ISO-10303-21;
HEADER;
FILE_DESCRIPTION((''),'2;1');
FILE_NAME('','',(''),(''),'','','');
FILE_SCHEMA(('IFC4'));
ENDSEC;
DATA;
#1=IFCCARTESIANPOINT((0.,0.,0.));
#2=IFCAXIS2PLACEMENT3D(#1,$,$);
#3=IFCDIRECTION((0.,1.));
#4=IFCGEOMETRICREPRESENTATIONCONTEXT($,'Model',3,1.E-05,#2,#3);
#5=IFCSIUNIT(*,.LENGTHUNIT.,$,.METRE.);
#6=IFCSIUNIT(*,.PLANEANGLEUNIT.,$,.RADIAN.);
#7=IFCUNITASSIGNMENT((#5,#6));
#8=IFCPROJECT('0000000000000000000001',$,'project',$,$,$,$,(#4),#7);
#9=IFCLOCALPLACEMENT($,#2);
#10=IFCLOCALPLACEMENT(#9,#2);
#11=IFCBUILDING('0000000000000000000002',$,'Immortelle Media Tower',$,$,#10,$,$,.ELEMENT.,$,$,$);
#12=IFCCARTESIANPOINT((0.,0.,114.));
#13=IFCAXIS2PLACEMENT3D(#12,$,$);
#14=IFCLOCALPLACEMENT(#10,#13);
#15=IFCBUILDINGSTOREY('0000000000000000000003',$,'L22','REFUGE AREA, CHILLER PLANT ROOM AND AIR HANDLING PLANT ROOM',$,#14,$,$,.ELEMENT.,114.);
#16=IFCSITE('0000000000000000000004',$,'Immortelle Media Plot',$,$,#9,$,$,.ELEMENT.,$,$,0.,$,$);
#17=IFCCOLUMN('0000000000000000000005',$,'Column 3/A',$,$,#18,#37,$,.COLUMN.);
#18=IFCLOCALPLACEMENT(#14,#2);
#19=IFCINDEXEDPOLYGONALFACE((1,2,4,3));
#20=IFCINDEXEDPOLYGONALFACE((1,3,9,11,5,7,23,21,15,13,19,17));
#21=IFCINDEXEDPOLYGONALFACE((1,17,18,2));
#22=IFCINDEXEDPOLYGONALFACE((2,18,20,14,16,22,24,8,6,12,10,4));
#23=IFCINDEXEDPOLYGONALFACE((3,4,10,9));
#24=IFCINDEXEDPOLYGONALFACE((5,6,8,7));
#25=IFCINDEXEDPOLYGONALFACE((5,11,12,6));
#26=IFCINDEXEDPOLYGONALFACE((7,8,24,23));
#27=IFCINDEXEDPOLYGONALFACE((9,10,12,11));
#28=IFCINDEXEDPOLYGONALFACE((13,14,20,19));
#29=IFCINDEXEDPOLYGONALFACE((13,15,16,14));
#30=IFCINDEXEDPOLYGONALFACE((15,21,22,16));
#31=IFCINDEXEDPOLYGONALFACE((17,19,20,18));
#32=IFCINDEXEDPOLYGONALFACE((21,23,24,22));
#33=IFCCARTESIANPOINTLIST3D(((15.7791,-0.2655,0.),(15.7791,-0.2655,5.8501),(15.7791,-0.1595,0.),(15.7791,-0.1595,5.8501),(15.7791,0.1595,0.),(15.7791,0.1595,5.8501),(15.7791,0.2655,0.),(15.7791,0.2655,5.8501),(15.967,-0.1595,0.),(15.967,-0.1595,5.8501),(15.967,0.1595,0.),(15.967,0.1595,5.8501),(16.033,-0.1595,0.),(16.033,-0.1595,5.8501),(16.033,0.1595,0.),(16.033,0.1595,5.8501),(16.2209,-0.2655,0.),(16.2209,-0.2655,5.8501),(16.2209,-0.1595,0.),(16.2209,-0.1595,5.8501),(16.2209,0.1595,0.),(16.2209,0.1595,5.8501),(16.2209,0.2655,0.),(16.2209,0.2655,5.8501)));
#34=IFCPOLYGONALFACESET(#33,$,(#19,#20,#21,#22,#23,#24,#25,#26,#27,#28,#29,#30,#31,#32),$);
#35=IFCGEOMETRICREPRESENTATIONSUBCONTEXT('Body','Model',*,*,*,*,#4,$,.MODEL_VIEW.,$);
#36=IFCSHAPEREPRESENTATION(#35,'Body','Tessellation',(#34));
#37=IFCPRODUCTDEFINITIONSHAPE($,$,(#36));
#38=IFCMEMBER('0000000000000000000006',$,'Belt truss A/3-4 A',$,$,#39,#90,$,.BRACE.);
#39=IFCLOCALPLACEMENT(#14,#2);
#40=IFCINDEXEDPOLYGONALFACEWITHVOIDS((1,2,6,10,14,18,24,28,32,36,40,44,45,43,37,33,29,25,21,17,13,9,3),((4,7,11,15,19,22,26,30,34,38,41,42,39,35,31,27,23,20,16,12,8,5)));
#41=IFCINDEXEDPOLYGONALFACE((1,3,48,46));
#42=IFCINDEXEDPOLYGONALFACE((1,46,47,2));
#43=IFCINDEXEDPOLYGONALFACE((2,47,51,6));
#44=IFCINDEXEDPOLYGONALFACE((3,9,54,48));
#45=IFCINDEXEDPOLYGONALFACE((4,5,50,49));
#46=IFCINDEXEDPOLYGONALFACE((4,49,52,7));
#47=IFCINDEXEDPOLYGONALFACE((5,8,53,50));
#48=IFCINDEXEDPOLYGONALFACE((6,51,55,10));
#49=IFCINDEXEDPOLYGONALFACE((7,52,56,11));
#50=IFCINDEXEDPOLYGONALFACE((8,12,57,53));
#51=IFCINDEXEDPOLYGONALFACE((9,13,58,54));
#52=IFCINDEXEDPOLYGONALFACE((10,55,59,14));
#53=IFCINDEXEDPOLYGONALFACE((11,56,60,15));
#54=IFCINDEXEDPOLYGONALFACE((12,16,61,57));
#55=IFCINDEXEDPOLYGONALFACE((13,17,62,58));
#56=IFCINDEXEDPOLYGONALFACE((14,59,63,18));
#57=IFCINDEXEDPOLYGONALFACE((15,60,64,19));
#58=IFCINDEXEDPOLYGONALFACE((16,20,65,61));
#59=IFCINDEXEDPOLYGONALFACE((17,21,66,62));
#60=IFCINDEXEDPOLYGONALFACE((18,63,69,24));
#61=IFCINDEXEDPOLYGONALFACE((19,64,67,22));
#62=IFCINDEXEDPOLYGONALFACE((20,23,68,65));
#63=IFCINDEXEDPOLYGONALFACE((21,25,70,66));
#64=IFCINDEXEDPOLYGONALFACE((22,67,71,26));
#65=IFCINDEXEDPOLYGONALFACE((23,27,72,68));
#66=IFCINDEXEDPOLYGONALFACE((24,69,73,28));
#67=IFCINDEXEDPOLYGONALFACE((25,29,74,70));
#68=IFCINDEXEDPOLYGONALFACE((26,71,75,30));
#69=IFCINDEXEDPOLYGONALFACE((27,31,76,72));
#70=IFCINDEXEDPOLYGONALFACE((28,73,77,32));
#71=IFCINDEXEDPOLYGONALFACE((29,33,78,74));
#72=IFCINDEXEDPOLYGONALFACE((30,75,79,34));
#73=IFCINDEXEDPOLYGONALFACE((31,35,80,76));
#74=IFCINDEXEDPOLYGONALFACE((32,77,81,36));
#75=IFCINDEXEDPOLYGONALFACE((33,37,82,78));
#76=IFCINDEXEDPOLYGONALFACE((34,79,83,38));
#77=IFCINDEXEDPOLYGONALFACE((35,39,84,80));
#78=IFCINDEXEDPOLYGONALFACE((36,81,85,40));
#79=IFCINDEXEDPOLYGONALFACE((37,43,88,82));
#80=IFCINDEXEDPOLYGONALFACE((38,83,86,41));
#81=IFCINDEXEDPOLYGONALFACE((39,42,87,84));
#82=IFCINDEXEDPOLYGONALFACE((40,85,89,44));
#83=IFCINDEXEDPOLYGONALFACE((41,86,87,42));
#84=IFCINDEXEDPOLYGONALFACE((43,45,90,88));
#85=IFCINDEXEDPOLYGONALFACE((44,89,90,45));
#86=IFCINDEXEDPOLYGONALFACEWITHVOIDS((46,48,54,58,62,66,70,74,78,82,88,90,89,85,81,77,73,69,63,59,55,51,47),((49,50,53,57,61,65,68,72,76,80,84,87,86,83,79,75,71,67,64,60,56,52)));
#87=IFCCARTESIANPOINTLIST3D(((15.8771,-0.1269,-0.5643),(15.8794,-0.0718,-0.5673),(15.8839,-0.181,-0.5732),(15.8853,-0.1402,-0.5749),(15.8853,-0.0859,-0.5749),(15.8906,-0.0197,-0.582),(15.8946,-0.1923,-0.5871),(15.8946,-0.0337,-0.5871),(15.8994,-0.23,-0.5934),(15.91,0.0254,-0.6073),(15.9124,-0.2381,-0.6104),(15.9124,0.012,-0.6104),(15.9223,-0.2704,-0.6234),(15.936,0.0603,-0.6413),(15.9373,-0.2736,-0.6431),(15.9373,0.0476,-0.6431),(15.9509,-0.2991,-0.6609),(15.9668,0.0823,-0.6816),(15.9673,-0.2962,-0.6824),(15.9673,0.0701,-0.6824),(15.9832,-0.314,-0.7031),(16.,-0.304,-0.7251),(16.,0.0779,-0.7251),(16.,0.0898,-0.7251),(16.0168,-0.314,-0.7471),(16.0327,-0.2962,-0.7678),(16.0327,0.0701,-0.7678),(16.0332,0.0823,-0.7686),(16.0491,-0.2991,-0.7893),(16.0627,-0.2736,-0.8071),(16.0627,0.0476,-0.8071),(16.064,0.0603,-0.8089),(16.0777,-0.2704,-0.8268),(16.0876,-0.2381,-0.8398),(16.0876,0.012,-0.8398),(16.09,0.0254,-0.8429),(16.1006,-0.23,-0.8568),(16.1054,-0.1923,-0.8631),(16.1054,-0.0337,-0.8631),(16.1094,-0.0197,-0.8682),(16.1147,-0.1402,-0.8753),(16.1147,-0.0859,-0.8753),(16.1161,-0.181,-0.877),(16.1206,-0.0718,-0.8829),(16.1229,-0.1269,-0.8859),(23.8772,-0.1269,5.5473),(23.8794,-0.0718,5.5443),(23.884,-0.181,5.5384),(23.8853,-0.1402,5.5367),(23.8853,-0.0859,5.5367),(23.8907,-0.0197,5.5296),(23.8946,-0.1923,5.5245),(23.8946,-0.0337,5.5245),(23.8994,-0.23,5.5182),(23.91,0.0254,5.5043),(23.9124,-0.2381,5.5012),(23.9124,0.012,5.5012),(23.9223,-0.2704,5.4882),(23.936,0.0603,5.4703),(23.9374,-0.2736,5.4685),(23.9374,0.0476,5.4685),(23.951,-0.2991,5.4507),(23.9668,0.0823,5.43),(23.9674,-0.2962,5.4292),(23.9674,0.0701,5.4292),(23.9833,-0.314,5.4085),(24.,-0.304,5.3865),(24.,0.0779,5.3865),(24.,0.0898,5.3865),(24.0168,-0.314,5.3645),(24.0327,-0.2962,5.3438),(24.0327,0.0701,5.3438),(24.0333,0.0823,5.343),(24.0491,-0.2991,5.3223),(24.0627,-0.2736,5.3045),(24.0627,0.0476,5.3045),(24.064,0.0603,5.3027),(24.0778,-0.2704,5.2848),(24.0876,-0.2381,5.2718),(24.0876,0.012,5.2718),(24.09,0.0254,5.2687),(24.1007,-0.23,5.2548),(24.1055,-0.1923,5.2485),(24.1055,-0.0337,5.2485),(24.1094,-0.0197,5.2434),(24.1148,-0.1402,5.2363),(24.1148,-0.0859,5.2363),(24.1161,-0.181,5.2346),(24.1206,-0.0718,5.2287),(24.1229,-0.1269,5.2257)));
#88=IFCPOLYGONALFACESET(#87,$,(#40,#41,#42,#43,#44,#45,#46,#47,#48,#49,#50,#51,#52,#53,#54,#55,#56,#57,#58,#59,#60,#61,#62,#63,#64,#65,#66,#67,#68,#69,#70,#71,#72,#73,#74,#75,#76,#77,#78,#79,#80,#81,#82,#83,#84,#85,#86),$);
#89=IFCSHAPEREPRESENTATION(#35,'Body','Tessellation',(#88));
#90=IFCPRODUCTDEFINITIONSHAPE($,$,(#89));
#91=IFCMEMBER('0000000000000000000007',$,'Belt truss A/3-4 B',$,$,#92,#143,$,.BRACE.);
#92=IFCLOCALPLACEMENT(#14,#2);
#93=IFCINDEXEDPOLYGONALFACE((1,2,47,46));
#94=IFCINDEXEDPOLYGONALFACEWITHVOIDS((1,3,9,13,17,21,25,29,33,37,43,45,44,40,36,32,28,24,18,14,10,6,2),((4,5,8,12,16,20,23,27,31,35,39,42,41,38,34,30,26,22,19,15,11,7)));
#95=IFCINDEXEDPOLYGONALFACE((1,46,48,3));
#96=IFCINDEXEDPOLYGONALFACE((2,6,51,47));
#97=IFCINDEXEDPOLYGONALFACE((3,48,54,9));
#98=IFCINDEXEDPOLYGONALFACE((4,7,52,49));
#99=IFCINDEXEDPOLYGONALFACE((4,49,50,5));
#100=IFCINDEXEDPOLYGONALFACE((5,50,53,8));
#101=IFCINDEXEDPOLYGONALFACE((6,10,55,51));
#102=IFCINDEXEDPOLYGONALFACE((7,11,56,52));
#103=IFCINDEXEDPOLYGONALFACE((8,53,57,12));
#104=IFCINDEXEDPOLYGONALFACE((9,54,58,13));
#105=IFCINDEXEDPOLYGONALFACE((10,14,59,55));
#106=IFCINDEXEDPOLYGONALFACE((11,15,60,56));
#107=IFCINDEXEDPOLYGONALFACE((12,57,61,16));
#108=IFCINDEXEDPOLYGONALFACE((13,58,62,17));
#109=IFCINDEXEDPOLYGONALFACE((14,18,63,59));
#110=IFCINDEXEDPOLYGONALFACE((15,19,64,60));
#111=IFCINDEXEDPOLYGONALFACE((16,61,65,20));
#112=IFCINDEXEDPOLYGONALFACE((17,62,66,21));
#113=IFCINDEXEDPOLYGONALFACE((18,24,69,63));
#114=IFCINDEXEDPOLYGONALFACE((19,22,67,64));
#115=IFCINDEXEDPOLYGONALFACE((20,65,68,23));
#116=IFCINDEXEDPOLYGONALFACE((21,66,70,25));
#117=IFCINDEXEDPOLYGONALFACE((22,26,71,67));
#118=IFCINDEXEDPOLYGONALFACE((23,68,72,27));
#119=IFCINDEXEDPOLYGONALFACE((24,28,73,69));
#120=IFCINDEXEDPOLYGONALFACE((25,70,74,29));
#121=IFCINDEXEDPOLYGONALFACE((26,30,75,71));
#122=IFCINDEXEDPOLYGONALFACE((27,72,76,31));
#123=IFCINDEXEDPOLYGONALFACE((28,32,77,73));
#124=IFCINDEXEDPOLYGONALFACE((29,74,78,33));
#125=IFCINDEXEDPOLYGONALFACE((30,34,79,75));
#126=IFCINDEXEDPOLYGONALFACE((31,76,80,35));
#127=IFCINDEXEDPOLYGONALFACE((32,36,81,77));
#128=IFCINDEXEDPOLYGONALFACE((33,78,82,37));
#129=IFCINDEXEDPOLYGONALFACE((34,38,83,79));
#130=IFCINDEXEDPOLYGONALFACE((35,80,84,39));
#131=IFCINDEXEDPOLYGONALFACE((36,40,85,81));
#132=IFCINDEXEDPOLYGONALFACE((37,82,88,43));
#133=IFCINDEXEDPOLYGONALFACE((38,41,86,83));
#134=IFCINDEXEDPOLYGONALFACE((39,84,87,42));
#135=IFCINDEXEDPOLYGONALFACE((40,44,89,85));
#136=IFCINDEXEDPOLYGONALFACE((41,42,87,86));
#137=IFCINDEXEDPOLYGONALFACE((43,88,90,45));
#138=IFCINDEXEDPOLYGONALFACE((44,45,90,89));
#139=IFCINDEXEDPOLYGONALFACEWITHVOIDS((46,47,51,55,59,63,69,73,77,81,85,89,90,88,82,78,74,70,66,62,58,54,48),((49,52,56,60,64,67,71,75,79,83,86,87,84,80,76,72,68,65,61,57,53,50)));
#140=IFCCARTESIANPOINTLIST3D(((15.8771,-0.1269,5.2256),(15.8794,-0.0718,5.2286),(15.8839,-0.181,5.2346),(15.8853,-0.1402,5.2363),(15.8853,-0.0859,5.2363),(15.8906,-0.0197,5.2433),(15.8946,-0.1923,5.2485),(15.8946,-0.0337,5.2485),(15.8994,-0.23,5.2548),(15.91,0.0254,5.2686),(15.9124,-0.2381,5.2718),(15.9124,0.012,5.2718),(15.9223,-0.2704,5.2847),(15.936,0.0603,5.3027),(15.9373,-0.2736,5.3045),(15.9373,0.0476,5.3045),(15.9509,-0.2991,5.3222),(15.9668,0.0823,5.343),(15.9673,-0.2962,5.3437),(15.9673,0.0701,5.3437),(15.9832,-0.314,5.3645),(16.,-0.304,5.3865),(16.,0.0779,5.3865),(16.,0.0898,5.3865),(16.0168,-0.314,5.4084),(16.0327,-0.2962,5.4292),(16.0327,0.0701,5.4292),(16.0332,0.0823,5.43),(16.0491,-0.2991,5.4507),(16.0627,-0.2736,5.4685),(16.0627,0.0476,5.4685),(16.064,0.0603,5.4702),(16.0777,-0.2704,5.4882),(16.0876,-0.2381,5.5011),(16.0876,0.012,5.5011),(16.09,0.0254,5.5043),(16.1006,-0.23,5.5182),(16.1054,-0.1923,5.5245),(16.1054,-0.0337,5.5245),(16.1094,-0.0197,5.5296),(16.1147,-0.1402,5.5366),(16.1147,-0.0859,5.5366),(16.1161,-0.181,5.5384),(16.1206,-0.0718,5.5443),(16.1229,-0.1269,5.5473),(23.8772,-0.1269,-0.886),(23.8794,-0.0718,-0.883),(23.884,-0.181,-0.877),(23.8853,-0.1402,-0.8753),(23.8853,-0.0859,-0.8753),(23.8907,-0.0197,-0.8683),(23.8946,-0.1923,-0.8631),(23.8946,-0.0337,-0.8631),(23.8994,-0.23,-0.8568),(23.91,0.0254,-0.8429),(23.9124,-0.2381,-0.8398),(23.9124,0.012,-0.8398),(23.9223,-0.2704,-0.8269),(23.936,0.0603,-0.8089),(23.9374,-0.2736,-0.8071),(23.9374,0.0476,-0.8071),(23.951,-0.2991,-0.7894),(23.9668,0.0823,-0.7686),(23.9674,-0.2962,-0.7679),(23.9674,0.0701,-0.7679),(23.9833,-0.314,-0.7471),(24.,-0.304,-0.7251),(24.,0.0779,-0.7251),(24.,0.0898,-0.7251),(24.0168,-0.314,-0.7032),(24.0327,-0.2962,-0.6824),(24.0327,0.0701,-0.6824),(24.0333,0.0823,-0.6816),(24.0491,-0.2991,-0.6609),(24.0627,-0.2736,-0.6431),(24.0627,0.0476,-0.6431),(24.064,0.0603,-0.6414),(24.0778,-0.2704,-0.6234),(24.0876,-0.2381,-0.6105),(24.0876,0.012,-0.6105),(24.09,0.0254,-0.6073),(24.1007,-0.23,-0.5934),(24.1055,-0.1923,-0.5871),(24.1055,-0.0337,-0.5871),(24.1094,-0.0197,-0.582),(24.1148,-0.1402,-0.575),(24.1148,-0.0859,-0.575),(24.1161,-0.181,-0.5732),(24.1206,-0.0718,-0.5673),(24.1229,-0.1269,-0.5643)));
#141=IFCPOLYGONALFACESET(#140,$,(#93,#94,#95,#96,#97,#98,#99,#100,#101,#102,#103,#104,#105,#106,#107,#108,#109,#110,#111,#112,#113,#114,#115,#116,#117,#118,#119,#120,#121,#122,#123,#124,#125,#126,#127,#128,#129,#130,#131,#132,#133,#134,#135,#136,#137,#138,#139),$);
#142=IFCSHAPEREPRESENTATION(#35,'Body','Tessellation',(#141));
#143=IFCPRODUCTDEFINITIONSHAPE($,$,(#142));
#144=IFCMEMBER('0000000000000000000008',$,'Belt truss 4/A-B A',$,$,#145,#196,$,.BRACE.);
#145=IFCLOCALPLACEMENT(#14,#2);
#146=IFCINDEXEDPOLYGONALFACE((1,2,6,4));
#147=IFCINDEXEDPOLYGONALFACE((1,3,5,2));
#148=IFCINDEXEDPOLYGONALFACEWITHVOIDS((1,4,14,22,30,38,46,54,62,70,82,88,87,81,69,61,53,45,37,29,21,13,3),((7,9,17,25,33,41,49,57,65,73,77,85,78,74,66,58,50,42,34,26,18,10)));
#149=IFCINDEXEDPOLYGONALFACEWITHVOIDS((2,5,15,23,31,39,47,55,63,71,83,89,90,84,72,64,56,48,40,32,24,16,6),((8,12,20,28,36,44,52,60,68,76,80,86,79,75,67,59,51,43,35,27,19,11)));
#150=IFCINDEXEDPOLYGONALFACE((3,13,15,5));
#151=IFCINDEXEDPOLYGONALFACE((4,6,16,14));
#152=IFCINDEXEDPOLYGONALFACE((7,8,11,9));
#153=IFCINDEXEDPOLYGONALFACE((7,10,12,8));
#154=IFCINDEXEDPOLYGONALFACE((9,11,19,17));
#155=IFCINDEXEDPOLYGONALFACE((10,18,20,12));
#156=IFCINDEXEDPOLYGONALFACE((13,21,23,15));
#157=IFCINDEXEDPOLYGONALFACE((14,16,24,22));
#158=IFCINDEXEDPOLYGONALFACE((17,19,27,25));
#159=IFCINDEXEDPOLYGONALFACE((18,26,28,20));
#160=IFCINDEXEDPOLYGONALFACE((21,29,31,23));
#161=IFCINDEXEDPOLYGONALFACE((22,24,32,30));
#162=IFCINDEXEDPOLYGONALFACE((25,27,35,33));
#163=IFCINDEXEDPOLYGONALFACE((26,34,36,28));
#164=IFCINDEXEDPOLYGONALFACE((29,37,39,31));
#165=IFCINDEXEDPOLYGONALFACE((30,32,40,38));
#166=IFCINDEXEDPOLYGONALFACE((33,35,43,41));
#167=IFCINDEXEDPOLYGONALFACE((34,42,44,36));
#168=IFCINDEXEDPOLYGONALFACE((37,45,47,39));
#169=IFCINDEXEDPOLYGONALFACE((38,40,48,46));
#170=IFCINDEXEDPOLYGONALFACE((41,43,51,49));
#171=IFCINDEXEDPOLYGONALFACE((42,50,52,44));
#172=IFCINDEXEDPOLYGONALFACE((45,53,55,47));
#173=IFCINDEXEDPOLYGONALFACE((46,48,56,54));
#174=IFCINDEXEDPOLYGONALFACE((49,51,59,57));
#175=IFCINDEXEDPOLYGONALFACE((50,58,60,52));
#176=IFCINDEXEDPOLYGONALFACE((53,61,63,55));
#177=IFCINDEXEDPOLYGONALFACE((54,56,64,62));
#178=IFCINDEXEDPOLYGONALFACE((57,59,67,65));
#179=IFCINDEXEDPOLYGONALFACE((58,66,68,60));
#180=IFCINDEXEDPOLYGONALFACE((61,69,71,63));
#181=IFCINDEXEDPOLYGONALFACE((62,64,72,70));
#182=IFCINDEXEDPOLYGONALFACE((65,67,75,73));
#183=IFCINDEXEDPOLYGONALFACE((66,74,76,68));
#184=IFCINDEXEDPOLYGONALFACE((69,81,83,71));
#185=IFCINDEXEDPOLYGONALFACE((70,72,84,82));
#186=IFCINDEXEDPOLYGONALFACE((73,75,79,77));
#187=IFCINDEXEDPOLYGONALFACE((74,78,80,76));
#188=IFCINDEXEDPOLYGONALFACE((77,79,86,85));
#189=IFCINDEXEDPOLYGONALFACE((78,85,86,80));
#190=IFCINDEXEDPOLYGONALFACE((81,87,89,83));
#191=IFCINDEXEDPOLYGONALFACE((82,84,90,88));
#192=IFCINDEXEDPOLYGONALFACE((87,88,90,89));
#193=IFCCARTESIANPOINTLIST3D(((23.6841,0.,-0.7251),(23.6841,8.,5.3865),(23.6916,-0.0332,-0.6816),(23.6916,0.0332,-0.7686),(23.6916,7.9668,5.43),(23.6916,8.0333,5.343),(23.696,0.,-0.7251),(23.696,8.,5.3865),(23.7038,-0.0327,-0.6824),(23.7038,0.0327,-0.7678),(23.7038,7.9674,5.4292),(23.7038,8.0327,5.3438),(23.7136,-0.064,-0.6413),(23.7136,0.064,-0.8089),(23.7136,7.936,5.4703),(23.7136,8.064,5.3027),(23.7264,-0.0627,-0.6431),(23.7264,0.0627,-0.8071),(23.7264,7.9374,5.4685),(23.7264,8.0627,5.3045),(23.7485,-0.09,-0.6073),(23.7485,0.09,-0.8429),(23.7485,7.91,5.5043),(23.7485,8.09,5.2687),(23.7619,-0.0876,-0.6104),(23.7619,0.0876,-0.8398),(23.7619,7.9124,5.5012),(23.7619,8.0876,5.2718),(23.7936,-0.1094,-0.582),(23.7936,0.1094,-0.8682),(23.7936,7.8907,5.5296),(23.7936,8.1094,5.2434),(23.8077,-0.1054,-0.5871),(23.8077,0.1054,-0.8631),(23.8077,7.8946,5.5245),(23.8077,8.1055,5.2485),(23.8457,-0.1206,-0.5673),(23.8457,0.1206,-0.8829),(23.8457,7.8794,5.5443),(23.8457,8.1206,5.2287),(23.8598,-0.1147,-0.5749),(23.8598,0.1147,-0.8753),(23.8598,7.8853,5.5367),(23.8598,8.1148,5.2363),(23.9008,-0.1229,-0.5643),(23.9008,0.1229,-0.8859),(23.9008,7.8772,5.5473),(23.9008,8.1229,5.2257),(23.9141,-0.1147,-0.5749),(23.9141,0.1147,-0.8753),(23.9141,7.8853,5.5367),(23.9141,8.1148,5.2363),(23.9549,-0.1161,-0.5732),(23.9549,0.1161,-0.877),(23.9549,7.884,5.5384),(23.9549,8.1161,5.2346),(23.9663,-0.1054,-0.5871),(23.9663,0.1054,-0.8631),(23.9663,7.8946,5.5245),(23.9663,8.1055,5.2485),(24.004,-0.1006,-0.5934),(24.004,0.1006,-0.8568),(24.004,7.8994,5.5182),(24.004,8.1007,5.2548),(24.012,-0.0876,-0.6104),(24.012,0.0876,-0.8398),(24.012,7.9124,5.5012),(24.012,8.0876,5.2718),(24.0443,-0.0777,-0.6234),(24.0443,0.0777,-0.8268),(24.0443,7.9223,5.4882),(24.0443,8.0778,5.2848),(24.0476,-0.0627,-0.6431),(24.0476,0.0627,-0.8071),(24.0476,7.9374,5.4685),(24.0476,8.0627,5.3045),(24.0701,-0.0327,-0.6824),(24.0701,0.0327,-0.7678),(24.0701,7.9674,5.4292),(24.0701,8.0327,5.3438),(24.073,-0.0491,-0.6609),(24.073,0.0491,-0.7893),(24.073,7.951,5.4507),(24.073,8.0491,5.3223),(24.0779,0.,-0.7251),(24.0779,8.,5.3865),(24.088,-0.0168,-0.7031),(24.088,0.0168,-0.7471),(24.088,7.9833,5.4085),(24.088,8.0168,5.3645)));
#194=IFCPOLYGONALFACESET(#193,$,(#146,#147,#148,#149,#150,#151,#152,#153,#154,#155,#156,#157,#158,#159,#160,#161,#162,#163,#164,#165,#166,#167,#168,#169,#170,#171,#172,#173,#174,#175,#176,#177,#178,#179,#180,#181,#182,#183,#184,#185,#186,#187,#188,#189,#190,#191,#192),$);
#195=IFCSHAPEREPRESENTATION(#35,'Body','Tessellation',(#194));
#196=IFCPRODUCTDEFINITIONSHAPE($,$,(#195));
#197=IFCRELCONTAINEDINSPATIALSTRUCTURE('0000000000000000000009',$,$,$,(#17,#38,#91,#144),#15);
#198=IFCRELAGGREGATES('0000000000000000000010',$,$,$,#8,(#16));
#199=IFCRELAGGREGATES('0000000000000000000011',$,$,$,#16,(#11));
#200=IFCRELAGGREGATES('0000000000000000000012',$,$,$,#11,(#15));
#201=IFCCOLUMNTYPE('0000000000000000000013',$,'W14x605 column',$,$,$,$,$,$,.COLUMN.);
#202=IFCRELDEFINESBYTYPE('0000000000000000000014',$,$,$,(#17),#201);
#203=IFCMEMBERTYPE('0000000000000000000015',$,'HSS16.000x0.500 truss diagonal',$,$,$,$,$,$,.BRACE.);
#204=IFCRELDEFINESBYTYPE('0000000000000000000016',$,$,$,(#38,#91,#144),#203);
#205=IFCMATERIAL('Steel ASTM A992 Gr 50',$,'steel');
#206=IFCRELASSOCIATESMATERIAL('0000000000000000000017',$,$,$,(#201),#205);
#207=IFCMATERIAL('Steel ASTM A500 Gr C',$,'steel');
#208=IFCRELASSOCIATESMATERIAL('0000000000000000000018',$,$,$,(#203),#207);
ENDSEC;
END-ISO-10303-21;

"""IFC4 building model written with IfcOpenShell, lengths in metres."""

from ifc_helpers import new_model, si_unit, direction, frame, origin, origin_2d, place, context, subcontext, project, spatial, hollow_circle, i_section, extrude, material, material_profile, profile_set, type_object, element, save


model = new_model("IFC4")

# Units and contexts
model_context = context("Model", 3, precision=1e-05, world=origin(), true_north=direction((0.0, 1.0)))
body_context = subcontext(model_context, "Body", "Model", "MODEL_VIEW")
ifc_project = project(units=[si_unit("LENGTHUNIT", "METRE"), si_unit("PLANEANGLEUNIT", "RADIAN")], contexts=[model_context])

# Site, building, storey
site_placement = place(None, origin())
site = spatial("IfcSite", under=ifc_project, at=site_placement, Name="Immortelle Media Plot", CompositionType="ELEMENT", RefElevation=0.0)
building_placement = place(site_placement, origin())
building = spatial("IfcBuilding", under=site, at=building_placement, Name="Immortelle Media Tower", CompositionType="ELEMENT")
storey_placement = place(building_placement, frame((0.0, 0.0, 114.0)))
storey = spatial("IfcBuildingStorey", under=building, at=storey_placement, Name="L22", Description="REFUGE AREA, CHILLER PLANT ROOM AND AIR HANDLING PLANT ROOM", CompositionType="ELEMENT", Elevation=114.0)

# Column
ifc_material_1 = material(Name="Steel ASTM A992 Gr 50", Category="steel")
ifc_material_profile_1 = material_profile(ifc_material_1, i_section(OverallWidth=0.4419, OverallDepth=0.531, WebThickness=0.0659, FlangeThickness=0.106, at=origin_2d()), Name="W14x605")
ifc_profile_set_1 = profile_set([ifc_material_profile_1], Name="Steel ASTM A992 Gr 50")
column_type = type_object("IfcColumnType", Name="W14x605 column", PredefinedType="COLUMN", material=ifc_profile_set_1)
column_placement = place(storey_placement, frame((16.0, 0.0, 0.0), z_axis=(0.0, 0.0, 1.0), x_axis=(1.0, 0.0, 0.0)))
element("IfcColumn", 1, at=column_placement, inside=storey, type_object=column_type, Name="Column 3/A", PredefinedType="COLUMN", context=body_context, shape_type="SweptSolid", body=[
    extrude(i_section(OverallWidth=0.4419, OverallDepth=0.531, WebThickness=0.0659, FlangeThickness=0.106, at=origin_2d()), origin(), (0.0, 0.0, 1.0), 5.8501),
])

# Members
ifc_material_2 = material(Name="Steel ASTM A500 Gr C", Category="steel")
ifc_material_profile_2 = material_profile(ifc_material_2, hollow_circle(Radius=0.2029, WallThickness=0.012, at=origin_2d()), Name="HSS16.000x0.500 truss diagonal")
ifc_profile_set_2 = profile_set([ifc_material_profile_2], Name="Steel ASTM A500 Gr C")
member_type_1 = type_object("IfcMemberType", Name="HSS16.000x0.500 truss diagonal", PredefinedType="BRACE", material=ifc_profile_set_2)
for number, where, z_axis, x_axis, name in (
    (2, (16.0, -0.113, -0.7251), (0.794649, 0.0, 0.607069), (0.0, 1.0, 0.0), "Belt truss A/3-4 A"),
    (3, (16.0, -0.113, 5.3865), (0.794649, 0.0, -0.607069), (0.0, 1.0, 0.0), "Belt truss A/3-4 B"),
    (4, (23.887, 0.0, -0.7251), (0.0, 0.794649, 0.607069), (-1.0, 0.0, 0.0), "Belt truss 4/A-B A"),
):
    element("IfcMember", number, at=place(storey_placement, frame(where, z_axis=z_axis, x_axis=x_axis)), inside=storey, type_object=member_type_1, Name=name, PredefinedType="BRACE", context=body_context, shape_type="SweptSolid", body=[
        extrude(hollow_circle(Radius=0.2029, WallThickness=0.012, at=origin_2d()), origin(), (0.0, 0.0, 1.0), 10.0674),
    ])

save(model, "model.ifc")
